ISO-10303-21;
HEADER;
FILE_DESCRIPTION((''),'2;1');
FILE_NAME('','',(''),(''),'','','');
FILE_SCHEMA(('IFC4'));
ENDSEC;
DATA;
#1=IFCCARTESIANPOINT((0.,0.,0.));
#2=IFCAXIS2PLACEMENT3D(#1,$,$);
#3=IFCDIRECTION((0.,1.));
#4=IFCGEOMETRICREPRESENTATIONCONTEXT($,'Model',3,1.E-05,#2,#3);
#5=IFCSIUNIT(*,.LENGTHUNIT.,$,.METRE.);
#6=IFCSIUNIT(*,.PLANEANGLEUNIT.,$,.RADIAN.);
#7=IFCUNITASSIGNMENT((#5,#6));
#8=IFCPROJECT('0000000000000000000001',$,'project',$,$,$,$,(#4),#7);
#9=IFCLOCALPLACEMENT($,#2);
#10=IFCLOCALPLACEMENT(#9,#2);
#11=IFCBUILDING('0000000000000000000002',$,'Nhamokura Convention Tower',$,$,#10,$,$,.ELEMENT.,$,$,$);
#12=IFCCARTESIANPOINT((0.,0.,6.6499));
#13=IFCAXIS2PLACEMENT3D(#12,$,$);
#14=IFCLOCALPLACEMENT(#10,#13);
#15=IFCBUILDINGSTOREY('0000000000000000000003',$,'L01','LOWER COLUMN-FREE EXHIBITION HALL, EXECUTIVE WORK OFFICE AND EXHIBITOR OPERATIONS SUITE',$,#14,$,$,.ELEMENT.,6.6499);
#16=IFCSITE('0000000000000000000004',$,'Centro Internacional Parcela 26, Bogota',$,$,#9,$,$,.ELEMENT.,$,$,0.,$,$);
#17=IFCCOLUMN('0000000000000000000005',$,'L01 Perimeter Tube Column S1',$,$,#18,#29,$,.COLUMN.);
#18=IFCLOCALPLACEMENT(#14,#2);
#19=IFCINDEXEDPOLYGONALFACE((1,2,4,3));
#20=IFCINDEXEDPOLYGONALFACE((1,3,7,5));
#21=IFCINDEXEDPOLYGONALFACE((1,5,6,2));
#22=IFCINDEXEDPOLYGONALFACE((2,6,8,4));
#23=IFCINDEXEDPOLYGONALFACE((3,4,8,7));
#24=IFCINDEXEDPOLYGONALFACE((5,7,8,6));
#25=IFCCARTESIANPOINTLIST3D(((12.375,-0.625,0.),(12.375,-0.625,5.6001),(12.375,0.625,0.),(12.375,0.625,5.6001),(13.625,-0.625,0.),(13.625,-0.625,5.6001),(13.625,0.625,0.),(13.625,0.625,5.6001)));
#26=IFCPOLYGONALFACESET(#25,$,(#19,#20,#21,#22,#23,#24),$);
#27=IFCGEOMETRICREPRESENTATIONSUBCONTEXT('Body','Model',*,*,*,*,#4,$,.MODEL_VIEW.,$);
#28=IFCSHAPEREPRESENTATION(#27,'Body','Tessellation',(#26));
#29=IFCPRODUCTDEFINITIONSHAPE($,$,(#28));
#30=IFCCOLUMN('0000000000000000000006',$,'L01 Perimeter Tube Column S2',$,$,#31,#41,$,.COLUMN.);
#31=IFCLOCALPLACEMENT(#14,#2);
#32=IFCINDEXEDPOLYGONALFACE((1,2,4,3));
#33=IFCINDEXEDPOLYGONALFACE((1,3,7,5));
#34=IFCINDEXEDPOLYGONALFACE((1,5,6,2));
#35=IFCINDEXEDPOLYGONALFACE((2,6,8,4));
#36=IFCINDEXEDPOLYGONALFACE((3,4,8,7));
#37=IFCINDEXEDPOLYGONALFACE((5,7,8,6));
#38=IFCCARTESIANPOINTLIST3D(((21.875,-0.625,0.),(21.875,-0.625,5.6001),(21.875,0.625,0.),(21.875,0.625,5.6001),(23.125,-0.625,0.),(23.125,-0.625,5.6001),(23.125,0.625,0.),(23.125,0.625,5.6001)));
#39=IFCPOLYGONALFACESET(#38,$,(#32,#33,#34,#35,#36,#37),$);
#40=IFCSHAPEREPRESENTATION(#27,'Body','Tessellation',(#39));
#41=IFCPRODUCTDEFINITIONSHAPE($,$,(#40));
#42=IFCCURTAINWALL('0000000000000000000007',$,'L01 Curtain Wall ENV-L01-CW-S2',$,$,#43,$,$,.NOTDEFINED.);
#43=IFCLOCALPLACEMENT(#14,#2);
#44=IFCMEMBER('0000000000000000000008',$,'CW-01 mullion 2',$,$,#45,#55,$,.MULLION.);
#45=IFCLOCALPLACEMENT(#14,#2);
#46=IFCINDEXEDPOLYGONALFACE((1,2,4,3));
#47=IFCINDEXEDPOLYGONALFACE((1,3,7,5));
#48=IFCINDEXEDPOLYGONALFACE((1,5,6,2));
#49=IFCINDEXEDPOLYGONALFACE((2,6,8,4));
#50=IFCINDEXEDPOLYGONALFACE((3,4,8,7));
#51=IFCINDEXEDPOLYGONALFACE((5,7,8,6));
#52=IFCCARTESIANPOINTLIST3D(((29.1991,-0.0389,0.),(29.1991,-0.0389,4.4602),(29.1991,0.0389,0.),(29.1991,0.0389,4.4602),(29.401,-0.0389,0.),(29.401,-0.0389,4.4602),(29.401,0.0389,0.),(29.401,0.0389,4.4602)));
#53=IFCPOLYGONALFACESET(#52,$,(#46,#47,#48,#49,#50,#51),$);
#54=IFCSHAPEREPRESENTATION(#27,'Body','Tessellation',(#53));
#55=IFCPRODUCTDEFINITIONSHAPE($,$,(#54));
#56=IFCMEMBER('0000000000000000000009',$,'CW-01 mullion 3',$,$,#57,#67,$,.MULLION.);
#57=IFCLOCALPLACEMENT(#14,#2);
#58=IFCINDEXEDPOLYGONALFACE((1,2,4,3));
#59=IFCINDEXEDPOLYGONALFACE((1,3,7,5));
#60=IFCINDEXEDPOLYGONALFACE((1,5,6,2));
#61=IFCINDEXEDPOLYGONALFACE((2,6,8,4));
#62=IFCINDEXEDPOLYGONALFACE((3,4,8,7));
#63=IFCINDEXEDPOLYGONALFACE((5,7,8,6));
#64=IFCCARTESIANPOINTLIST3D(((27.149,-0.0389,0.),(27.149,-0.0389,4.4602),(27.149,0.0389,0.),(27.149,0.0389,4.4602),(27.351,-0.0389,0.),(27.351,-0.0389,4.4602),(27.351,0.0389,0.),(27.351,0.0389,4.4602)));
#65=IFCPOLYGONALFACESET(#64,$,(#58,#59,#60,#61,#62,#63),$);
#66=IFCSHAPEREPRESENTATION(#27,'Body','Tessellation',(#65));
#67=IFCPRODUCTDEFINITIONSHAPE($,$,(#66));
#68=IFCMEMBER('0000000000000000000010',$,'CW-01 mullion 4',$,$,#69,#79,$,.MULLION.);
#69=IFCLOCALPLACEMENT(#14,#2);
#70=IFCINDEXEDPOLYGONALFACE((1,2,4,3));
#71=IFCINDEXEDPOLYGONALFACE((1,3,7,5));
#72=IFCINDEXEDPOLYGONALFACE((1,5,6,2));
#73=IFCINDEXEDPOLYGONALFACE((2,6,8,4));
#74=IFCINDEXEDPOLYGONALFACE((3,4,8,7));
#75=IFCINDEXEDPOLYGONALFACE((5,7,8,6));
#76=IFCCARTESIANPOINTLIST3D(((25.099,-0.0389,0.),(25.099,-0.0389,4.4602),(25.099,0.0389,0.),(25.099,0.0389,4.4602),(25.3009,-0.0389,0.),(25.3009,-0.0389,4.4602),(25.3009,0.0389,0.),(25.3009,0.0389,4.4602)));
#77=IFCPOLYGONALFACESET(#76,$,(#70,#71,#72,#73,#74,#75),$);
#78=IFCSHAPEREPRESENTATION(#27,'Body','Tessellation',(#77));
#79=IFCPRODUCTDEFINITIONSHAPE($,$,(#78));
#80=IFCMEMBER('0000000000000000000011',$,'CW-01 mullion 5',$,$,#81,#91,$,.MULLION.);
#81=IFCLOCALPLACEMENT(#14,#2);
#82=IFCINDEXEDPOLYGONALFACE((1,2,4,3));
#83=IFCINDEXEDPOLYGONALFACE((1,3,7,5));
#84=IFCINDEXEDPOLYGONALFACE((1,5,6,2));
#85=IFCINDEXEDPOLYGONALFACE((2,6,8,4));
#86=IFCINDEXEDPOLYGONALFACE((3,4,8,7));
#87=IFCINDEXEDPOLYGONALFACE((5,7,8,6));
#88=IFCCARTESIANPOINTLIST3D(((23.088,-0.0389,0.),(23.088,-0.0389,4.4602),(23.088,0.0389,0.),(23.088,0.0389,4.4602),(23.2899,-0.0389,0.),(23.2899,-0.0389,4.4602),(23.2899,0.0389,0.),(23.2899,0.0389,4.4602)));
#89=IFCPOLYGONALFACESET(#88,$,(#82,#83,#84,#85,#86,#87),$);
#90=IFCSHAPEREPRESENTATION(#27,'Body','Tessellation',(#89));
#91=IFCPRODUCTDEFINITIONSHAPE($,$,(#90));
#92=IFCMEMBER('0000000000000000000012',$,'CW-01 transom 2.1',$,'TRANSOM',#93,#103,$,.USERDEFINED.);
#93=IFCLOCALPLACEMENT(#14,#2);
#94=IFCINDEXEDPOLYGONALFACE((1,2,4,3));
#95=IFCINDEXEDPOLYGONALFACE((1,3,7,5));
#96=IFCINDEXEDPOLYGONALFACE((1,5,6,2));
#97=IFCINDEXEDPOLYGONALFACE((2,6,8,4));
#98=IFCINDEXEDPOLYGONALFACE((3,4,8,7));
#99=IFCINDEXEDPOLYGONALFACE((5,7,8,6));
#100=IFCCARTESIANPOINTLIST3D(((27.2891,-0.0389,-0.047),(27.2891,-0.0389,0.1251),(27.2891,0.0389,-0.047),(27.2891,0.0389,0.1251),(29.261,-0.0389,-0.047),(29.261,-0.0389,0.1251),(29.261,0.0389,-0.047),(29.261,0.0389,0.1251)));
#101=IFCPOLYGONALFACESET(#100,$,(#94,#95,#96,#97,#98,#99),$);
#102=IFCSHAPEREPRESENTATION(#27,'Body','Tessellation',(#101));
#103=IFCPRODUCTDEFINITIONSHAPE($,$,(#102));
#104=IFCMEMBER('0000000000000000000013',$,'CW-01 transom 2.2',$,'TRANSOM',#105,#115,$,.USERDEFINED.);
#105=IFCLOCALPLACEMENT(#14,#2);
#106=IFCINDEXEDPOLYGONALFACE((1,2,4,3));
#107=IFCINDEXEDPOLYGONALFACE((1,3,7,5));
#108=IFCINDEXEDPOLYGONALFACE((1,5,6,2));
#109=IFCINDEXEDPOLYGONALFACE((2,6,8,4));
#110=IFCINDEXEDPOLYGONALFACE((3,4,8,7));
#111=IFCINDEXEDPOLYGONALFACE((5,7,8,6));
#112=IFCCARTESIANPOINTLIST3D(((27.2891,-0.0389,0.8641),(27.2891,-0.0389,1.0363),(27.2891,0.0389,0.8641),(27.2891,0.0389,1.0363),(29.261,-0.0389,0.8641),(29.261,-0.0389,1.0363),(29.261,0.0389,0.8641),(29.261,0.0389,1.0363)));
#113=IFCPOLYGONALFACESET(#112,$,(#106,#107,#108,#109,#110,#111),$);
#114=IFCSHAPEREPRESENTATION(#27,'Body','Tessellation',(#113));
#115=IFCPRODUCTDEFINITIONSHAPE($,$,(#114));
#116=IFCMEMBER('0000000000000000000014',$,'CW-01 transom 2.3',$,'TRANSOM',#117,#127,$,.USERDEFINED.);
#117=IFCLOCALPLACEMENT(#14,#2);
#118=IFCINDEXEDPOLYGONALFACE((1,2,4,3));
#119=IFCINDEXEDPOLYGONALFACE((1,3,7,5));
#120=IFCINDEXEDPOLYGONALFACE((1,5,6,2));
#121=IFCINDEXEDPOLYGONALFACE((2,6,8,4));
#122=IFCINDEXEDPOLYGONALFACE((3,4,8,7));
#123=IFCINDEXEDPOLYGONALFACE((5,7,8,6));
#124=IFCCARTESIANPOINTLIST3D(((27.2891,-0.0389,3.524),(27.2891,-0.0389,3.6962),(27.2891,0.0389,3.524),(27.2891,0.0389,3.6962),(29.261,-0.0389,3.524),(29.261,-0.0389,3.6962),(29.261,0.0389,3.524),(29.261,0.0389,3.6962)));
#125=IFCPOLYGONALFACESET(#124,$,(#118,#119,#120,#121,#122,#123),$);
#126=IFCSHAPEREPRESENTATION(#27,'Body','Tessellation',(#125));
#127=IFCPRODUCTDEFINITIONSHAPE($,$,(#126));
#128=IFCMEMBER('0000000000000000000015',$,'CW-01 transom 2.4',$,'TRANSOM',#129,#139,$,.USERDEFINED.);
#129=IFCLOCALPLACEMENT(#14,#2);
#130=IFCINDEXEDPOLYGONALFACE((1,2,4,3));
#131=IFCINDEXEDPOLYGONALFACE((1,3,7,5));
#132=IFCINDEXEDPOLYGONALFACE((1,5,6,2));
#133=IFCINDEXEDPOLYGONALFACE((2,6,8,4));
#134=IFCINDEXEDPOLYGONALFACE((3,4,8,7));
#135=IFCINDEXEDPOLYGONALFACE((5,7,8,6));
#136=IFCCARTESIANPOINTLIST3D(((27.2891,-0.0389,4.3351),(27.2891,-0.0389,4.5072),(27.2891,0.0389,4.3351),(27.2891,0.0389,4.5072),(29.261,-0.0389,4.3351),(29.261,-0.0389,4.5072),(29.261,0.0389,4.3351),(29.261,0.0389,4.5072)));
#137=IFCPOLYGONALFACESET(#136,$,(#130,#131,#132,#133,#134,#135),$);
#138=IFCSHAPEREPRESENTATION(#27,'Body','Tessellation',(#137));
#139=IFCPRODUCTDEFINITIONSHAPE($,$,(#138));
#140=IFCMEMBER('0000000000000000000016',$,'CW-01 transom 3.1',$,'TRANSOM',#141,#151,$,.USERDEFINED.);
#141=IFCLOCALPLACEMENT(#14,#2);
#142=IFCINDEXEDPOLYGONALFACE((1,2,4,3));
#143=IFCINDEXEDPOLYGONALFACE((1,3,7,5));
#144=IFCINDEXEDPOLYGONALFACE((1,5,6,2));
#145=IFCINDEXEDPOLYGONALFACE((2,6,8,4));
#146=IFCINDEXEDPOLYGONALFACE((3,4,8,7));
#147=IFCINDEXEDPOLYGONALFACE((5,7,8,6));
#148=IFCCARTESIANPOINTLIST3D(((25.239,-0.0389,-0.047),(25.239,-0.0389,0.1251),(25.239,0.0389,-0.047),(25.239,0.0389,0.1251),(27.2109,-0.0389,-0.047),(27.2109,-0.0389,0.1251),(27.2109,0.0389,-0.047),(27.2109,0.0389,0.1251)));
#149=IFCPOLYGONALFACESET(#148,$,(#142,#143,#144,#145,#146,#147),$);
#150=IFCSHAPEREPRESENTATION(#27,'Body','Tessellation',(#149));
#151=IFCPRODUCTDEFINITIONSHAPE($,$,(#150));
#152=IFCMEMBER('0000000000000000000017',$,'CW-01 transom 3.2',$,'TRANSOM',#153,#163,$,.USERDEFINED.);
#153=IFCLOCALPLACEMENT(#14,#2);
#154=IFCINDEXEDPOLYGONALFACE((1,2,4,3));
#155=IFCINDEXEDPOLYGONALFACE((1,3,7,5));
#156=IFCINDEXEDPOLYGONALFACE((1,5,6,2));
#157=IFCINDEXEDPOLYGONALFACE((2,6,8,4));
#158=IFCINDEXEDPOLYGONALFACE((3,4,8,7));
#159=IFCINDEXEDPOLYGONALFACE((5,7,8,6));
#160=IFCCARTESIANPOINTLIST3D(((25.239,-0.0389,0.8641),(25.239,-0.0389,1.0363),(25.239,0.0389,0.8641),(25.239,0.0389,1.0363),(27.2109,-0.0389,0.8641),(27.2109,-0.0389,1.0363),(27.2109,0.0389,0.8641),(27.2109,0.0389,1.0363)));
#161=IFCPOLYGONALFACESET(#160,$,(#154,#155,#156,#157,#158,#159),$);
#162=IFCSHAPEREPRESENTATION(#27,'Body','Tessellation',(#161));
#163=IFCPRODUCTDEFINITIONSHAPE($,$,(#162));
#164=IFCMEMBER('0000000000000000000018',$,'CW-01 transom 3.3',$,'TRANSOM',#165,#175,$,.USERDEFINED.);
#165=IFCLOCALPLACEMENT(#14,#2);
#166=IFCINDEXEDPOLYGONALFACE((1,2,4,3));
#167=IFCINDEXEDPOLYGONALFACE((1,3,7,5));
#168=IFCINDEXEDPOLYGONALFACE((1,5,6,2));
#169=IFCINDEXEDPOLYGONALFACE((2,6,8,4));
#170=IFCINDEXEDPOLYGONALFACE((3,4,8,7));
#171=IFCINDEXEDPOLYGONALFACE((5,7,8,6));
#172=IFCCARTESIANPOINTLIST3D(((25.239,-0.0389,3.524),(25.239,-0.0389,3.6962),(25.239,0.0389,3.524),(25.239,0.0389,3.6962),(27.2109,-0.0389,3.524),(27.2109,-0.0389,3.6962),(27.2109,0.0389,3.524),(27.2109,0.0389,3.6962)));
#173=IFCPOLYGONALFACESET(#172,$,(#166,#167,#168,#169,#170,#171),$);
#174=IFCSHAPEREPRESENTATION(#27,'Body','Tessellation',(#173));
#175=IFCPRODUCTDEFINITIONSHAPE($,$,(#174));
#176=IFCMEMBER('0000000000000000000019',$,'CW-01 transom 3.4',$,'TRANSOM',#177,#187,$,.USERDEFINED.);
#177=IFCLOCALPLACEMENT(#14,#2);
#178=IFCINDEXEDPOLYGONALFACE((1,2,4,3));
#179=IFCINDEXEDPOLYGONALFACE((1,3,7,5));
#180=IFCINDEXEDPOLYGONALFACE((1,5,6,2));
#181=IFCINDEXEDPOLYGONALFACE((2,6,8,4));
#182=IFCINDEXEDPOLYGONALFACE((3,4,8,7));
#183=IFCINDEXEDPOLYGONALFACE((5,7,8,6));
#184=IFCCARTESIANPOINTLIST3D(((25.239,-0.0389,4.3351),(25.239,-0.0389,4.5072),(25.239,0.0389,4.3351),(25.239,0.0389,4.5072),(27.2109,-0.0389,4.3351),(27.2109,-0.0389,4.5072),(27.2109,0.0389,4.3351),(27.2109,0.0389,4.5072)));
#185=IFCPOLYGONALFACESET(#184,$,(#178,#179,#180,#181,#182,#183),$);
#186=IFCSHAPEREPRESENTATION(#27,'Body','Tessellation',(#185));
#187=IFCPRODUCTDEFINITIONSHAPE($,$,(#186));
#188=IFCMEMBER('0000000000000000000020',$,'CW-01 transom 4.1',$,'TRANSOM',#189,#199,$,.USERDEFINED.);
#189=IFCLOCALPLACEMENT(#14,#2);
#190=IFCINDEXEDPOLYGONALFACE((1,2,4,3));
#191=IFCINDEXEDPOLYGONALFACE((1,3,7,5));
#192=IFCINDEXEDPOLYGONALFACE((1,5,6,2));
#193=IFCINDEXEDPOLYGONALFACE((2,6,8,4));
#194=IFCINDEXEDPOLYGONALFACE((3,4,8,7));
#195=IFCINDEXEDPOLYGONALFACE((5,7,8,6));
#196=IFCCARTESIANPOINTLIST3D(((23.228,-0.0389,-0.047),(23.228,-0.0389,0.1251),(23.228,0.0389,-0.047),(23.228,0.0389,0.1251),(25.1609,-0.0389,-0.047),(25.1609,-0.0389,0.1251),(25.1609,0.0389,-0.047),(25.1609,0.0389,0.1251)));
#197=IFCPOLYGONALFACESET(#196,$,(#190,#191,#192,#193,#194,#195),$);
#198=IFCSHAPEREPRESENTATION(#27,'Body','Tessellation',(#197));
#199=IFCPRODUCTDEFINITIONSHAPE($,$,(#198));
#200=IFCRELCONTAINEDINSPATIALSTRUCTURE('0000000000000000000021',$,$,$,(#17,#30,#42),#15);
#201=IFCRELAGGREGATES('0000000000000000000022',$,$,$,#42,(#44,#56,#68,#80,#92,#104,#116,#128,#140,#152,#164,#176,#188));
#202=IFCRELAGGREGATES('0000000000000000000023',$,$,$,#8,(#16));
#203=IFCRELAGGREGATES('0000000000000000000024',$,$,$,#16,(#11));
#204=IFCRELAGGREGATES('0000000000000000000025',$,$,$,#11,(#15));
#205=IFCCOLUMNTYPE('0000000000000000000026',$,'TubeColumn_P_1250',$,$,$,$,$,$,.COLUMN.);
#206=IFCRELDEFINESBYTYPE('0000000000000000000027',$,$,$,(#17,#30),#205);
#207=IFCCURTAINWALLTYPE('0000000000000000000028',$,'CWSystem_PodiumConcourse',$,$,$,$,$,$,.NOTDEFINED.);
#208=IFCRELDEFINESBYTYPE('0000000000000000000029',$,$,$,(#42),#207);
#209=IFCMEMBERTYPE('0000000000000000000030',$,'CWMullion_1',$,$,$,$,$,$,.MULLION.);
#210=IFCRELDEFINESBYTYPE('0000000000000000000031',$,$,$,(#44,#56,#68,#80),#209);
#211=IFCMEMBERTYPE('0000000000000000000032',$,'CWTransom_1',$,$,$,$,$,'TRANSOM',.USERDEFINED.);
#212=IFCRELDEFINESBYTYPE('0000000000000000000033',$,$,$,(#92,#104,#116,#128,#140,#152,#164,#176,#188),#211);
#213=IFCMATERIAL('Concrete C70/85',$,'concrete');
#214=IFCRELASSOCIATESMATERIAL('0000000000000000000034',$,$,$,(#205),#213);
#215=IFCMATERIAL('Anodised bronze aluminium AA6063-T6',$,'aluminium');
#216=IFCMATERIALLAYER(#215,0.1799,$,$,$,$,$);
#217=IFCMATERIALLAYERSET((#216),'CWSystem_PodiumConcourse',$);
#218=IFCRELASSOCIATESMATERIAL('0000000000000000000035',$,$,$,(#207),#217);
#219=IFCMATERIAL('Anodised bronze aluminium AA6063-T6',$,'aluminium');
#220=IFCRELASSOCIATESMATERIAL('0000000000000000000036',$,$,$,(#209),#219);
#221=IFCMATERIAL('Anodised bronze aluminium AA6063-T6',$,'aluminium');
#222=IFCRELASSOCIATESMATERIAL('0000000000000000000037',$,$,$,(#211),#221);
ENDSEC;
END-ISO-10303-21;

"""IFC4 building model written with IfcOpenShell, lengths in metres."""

from ifc_helpers import new_model, si_unit, direction, frame, origin, origin_2d, place, context, subcontext, project, spatial, rectangle, extrude, material, layer, layer_set, material_profile, profile_set, type_object, element, aggregate, save


model = new_model("IFC4")

# Units and contexts
model_context = context("Model", 3, precision=1e-05, world=origin(), true_north=direction((0.0, 1.0)))
body_context = subcontext(model_context, "Body", "Model", "MODEL_VIEW")
ifc_project = project(units=[si_unit("LENGTHUNIT", "METRE"), si_unit("PLANEANGLEUNIT", "RADIAN")], contexts=[model_context])

# Site, building, storey
site_placement = place(None, origin())
site = spatial("IfcSite", under=ifc_project, at=site_placement, Name="Centro Internacional Parcela 26, Bogota", CompositionType="ELEMENT", RefElevation=0.0)
building_placement = place(site_placement, origin())
building = spatial("IfcBuilding", under=site, at=building_placement, Name="Nhamokura Convention Tower", CompositionType="ELEMENT")
storey_placement = place(building_placement, frame((0.0, 0.0, 6.6499)))
storey = spatial("IfcBuildingStorey", under=building, at=storey_placement, Name="L01", Description="LOWER COLUMN-FREE EXHIBITION HALL, EXECUTIVE WORK OFFICE AND EXHIBITOR OPERATIONS SUITE", CompositionType="ELEMENT", Elevation=6.6499)

# Columns
ifc_material_1 = material(Name="Concrete C70/85", Category="concrete")
ifc_material_profile_1 = material_profile(ifc_material_1, rectangle(XDim=1.25, YDim=1.25, at=origin_2d()))
ifc_profile_set_1 = profile_set([ifc_material_profile_1], Name="Concrete C70/85")
column_type = type_object("IfcColumnType", Name="TubeColumn_P_1250", PredefinedType="COLUMN", material=ifc_profile_set_1)
for number, where, z_axis, x_axis, name in (
    (1, (13.0, 0.0, 0.0), (0.0, 0.0, 1.0), (1.0, 0.0, 0.0), "L01 Perimeter Tube Column S1"),
    (2, (22.5, 0.0, 0.0), (0.0, 0.0, 1.0), (1.0, 0.0, 0.0), "L01 Perimeter Tube Column S2"),
):
    element("IfcColumn", number, at=place(storey_placement, frame(where, z_axis=z_axis, x_axis=x_axis)), inside=storey, type_object=column_type, Name=name, PredefinedType="COLUMN", context=body_context, shape_type="SweptSolid", body=[
        extrude(rectangle(XDim=1.25, YDim=1.25, at=origin_2d()), origin(), (0.0, 0.0, 1.0), 5.6001),
    ])

# Curtain wall, members
ifc_material_2 = material(Name="Anodised bronze aluminium AA6063-T6", Category="aluminium")
ifc_layer_1 = layer(ifc_material_2, 0.1799)
ifc_layer_set_1 = layer_set([ifc_layer_1], Name="CWSystem_PodiumConcourse")
curtain_wall_type = type_object("IfcCurtainWallType", Name="CWSystem_PodiumConcourse", PredefinedType="NOTDEFINED", material=ifc_layer_set_1)
curtain_wall_placement = place(storey_placement, origin())
curtain_wall = element("IfcCurtainWall", 3, at=curtain_wall_placement, inside=storey, type_object=curtain_wall_type, Name="L01 Curtain Wall ENV-L01-CW-S2", PredefinedType="NOTDEFINED")
ifc_material_3 = material(Name="Anodised bronze aluminium AA6063-T6", Category="aluminium")
ifc_material_profile_2 = material_profile(ifc_material_3, rectangle(XDim=0.0779, YDim=0.2019, at=origin_2d()))
ifc_profile_set_2 = profile_set([ifc_material_profile_2], Name="Anodised bronze aluminium AA6063-T6")
member_type_1 = type_object("IfcMemberType", Name="CWMullion_1", PredefinedType="MULLION", material=ifc_profile_set_2)
member_1_placement = place(storey_placement, frame((29.3, 0.0, 0.0), z_axis=(0.0, 0.0, 1.0), x_axis=(0.0, -1.0, 0.0)))
member_1 = element("IfcMember", 4, at=member_1_placement, type_object=member_type_1, Name="CW-01 mullion 2", PredefinedType="MULLION", context=body_context, shape_type="SweptSolid", body=[
    extrude(rectangle(XDim=0.0779, YDim=0.2019, at=origin_2d()), origin(), (0.0, 0.0, 1.0), 4.4602),
])
member_2_placement = place(storey_placement, frame((27.25, 0.0, 0.0), z_axis=(0.0, 0.0, 1.0), x_axis=(0.0, -1.0, 0.0)))
member_2 = element("IfcMember", 5, at=member_2_placement, type_object=member_type_1, Name="CW-01 mullion 3", PredefinedType="MULLION", context=body_context, shape_type="SweptSolid", body=[
    extrude(rectangle(XDim=0.0779, YDim=0.2019, at=origin_2d()), origin(), (0.0, 0.0, 1.0), 4.4602),
])
member_3_placement = place(storey_placement, frame((25.2, 0.0, 0.0), z_axis=(0.0, 0.0, 1.0), x_axis=(0.0, -1.0, 0.0)))
member_3 = element("IfcMember", 6, at=member_3_placement, type_object=member_type_1, Name="CW-01 mullion 4", PredefinedType="MULLION", context=body_context, shape_type="SweptSolid", body=[
    extrude(rectangle(XDim=0.0779, YDim=0.2019, at=origin_2d()), origin(), (0.0, 0.0, 1.0), 4.4602),
])
member_4_placement = place(storey_placement, frame((23.189, 0.0, 0.0), z_axis=(0.0, 0.0, 1.0), x_axis=(0.0, -1.0, 0.0)))
member_4 = element("IfcMember", 7, at=member_4_placement, type_object=member_type_1, Name="CW-01 mullion 5", PredefinedType="MULLION", context=body_context, shape_type="SweptSolid", body=[
    extrude(rectangle(XDim=0.0779, YDim=0.2019, at=origin_2d()), origin(), (0.0, 0.0, 1.0), 4.4602),
])
ifc_material_4 = material(Name="Anodised bronze aluminium AA6063-T6", Category="aluminium")
ifc_material_profile_3 = material_profile(ifc_material_4, rectangle(XDim=0.0779, YDim=0.1721, at=origin_2d()))
ifc_profile_set_3 = profile_set([ifc_material_profile_3], Name="Anodised bronze aluminium AA6063-T6")
member_type_2 = type_object("IfcMemberType", Name="CWTransom_1", ElementType="TRANSOM", PredefinedType="USERDEFINED", material=ifc_profile_set_3)
member_5_placement = place(storey_placement, frame((29.261, 0.0, 0.0391), z_axis=(-1.0, 0.0, 0.0), x_axis=(0.0, -1.0, 0.0)))
member_5 = element("IfcMember", 8, at=member_5_placement, type_object=member_type_2, Name="CW-01 transom 2.1", ObjectType="TRANSOM", PredefinedType="USERDEFINED", context=body_context, shape_type="SweptSolid", body=[
    extrude(rectangle(XDim=0.0779, YDim=0.1721, at=origin_2d()), origin(), (0.0, 0.0, 1.0), 1.9719),
])
member_6_placement = place(storey_placement, frame((29.261, 0.0, 0.9502), z_axis=(-1.0, 0.0, 0.0), x_axis=(0.0, -1.0, 0.0)))
member_6 = element("IfcMember", 9, at=member_6_placement, type_object=member_type_2, Name="CW-01 transom 2.2", ObjectType="TRANSOM", PredefinedType="USERDEFINED", context=body_context, shape_type="SweptSolid", body=[
    extrude(rectangle(XDim=0.0779, YDim=0.1721, at=origin_2d()), origin(), (0.0, 0.0, 1.0), 1.9719),
])
member_7_placement = place(storey_placement, frame((29.261, 0.0, 3.6101), z_axis=(-1.0, 0.0, 0.0), x_axis=(0.0, -1.0, 0.0)))
member_7 = element("IfcMember", 10, at=member_7_placement, type_object=member_type_2, Name="CW-01 transom 2.3", ObjectType="TRANSOM", PredefinedType="USERDEFINED", context=body_context, shape_type="SweptSolid", body=[
    extrude(rectangle(XDim=0.0779, YDim=0.1721, at=origin_2d()), origin(), (0.0, 0.0, 1.0), 1.9719),
])
member_8_placement = place(storey_placement, frame((29.261, 0.0, 4.4211), z_axis=(-1.0, 0.0, 0.0), x_axis=(0.0, -1.0, 0.0)))
member_8 = element("IfcMember", 11, at=member_8_placement, type_object=member_type_2, Name="CW-01 transom 2.4", ObjectType="TRANSOM", PredefinedType="USERDEFINED", context=body_context, shape_type="SweptSolid", body=[
    extrude(rectangle(XDim=0.0779, YDim=0.1721, at=origin_2d()), origin(), (0.0, 0.0, 1.0), 1.9719),
])
member_9_placement = place(storey_placement, frame((27.2109, 0.0, 0.0391), z_axis=(-1.0, 0.0, 0.0), x_axis=(0.0, -1.0, 0.0)))
member_9 = element("IfcMember", 12, at=member_9_placement, type_object=member_type_2, Name="CW-01 transom 3.1", ObjectType="TRANSOM", PredefinedType="USERDEFINED", context=body_context, shape_type="SweptSolid", body=[
    extrude(rectangle(XDim=0.0779, YDim=0.1721, at=origin_2d()), origin(), (0.0, 0.0, 1.0), 1.9719),
])
member_10_placement = place(storey_placement, frame((27.2109, 0.0, 0.9502), z_axis=(-1.0, 0.0, 0.0), x_axis=(0.0, -1.0, 0.0)))
member_10 = element("IfcMember", 13, at=member_10_placement, type_object=member_type_2, Name="CW-01 transom 3.2", ObjectType="TRANSOM", PredefinedType="USERDEFINED", context=body_context, shape_type="SweptSolid", body=[
    extrude(rectangle(XDim=0.0779, YDim=0.1721, at=origin_2d()), origin(), (0.0, 0.0, 1.0), 1.9719),
])
member_11_placement = place(storey_placement, frame((27.2109, 0.0, 3.6101), z_axis=(-1.0, 0.0, 0.0), x_axis=(0.0, -1.0, 0.0)))
member_11 = element("IfcMember", 14, at=member_11_placement, type_object=member_type_2, Name="CW-01 transom 3.3", ObjectType="TRANSOM", PredefinedType="USERDEFINED", context=body_context, shape_type="SweptSolid", body=[
    extrude(rectangle(XDim=0.0779, YDim=0.1721, at=origin_2d()), origin(), (0.0, 0.0, 1.0), 1.9719),
])
member_12_placement = place(storey_placement, frame((27.2109, 0.0, 4.4211), z_axis=(-1.0, 0.0, 0.0), x_axis=(0.0, -1.0, 0.0)))
member_12 = element("IfcMember", 15, at=member_12_placement, type_object=member_type_2, Name="CW-01 transom 3.4", ObjectType="TRANSOM", PredefinedType="USERDEFINED", context=body_context, shape_type="SweptSolid", body=[
    extrude(rectangle(XDim=0.0779, YDim=0.1721, at=origin_2d()), origin(), (0.0, 0.0, 1.0), 1.9719),
])
member_13_placement = place(storey_placement, frame((25.1609, 0.0, 0.0391), z_axis=(-1.0, 0.0, 0.0), x_axis=(0.0, -1.0, 0.0)))
member_13 = element("IfcMember", 16, at=member_13_placement, type_object=member_type_2, Name="CW-01 transom 4.1", ObjectType="TRANSOM", PredefinedType="USERDEFINED", context=body_context, shape_type="SweptSolid", body=[
    extrude(rectangle(XDim=0.0779, YDim=0.1721, at=origin_2d()), origin(), (0.0, 0.0, 1.0), 1.9329),
])

aggregate(curtain_wall, [member_1, member_2, member_3, member_4, member_5, member_6, member_7, member_8, member_9, member_10, member_11, member_12, member_13])

save(model, "model.ifc")
